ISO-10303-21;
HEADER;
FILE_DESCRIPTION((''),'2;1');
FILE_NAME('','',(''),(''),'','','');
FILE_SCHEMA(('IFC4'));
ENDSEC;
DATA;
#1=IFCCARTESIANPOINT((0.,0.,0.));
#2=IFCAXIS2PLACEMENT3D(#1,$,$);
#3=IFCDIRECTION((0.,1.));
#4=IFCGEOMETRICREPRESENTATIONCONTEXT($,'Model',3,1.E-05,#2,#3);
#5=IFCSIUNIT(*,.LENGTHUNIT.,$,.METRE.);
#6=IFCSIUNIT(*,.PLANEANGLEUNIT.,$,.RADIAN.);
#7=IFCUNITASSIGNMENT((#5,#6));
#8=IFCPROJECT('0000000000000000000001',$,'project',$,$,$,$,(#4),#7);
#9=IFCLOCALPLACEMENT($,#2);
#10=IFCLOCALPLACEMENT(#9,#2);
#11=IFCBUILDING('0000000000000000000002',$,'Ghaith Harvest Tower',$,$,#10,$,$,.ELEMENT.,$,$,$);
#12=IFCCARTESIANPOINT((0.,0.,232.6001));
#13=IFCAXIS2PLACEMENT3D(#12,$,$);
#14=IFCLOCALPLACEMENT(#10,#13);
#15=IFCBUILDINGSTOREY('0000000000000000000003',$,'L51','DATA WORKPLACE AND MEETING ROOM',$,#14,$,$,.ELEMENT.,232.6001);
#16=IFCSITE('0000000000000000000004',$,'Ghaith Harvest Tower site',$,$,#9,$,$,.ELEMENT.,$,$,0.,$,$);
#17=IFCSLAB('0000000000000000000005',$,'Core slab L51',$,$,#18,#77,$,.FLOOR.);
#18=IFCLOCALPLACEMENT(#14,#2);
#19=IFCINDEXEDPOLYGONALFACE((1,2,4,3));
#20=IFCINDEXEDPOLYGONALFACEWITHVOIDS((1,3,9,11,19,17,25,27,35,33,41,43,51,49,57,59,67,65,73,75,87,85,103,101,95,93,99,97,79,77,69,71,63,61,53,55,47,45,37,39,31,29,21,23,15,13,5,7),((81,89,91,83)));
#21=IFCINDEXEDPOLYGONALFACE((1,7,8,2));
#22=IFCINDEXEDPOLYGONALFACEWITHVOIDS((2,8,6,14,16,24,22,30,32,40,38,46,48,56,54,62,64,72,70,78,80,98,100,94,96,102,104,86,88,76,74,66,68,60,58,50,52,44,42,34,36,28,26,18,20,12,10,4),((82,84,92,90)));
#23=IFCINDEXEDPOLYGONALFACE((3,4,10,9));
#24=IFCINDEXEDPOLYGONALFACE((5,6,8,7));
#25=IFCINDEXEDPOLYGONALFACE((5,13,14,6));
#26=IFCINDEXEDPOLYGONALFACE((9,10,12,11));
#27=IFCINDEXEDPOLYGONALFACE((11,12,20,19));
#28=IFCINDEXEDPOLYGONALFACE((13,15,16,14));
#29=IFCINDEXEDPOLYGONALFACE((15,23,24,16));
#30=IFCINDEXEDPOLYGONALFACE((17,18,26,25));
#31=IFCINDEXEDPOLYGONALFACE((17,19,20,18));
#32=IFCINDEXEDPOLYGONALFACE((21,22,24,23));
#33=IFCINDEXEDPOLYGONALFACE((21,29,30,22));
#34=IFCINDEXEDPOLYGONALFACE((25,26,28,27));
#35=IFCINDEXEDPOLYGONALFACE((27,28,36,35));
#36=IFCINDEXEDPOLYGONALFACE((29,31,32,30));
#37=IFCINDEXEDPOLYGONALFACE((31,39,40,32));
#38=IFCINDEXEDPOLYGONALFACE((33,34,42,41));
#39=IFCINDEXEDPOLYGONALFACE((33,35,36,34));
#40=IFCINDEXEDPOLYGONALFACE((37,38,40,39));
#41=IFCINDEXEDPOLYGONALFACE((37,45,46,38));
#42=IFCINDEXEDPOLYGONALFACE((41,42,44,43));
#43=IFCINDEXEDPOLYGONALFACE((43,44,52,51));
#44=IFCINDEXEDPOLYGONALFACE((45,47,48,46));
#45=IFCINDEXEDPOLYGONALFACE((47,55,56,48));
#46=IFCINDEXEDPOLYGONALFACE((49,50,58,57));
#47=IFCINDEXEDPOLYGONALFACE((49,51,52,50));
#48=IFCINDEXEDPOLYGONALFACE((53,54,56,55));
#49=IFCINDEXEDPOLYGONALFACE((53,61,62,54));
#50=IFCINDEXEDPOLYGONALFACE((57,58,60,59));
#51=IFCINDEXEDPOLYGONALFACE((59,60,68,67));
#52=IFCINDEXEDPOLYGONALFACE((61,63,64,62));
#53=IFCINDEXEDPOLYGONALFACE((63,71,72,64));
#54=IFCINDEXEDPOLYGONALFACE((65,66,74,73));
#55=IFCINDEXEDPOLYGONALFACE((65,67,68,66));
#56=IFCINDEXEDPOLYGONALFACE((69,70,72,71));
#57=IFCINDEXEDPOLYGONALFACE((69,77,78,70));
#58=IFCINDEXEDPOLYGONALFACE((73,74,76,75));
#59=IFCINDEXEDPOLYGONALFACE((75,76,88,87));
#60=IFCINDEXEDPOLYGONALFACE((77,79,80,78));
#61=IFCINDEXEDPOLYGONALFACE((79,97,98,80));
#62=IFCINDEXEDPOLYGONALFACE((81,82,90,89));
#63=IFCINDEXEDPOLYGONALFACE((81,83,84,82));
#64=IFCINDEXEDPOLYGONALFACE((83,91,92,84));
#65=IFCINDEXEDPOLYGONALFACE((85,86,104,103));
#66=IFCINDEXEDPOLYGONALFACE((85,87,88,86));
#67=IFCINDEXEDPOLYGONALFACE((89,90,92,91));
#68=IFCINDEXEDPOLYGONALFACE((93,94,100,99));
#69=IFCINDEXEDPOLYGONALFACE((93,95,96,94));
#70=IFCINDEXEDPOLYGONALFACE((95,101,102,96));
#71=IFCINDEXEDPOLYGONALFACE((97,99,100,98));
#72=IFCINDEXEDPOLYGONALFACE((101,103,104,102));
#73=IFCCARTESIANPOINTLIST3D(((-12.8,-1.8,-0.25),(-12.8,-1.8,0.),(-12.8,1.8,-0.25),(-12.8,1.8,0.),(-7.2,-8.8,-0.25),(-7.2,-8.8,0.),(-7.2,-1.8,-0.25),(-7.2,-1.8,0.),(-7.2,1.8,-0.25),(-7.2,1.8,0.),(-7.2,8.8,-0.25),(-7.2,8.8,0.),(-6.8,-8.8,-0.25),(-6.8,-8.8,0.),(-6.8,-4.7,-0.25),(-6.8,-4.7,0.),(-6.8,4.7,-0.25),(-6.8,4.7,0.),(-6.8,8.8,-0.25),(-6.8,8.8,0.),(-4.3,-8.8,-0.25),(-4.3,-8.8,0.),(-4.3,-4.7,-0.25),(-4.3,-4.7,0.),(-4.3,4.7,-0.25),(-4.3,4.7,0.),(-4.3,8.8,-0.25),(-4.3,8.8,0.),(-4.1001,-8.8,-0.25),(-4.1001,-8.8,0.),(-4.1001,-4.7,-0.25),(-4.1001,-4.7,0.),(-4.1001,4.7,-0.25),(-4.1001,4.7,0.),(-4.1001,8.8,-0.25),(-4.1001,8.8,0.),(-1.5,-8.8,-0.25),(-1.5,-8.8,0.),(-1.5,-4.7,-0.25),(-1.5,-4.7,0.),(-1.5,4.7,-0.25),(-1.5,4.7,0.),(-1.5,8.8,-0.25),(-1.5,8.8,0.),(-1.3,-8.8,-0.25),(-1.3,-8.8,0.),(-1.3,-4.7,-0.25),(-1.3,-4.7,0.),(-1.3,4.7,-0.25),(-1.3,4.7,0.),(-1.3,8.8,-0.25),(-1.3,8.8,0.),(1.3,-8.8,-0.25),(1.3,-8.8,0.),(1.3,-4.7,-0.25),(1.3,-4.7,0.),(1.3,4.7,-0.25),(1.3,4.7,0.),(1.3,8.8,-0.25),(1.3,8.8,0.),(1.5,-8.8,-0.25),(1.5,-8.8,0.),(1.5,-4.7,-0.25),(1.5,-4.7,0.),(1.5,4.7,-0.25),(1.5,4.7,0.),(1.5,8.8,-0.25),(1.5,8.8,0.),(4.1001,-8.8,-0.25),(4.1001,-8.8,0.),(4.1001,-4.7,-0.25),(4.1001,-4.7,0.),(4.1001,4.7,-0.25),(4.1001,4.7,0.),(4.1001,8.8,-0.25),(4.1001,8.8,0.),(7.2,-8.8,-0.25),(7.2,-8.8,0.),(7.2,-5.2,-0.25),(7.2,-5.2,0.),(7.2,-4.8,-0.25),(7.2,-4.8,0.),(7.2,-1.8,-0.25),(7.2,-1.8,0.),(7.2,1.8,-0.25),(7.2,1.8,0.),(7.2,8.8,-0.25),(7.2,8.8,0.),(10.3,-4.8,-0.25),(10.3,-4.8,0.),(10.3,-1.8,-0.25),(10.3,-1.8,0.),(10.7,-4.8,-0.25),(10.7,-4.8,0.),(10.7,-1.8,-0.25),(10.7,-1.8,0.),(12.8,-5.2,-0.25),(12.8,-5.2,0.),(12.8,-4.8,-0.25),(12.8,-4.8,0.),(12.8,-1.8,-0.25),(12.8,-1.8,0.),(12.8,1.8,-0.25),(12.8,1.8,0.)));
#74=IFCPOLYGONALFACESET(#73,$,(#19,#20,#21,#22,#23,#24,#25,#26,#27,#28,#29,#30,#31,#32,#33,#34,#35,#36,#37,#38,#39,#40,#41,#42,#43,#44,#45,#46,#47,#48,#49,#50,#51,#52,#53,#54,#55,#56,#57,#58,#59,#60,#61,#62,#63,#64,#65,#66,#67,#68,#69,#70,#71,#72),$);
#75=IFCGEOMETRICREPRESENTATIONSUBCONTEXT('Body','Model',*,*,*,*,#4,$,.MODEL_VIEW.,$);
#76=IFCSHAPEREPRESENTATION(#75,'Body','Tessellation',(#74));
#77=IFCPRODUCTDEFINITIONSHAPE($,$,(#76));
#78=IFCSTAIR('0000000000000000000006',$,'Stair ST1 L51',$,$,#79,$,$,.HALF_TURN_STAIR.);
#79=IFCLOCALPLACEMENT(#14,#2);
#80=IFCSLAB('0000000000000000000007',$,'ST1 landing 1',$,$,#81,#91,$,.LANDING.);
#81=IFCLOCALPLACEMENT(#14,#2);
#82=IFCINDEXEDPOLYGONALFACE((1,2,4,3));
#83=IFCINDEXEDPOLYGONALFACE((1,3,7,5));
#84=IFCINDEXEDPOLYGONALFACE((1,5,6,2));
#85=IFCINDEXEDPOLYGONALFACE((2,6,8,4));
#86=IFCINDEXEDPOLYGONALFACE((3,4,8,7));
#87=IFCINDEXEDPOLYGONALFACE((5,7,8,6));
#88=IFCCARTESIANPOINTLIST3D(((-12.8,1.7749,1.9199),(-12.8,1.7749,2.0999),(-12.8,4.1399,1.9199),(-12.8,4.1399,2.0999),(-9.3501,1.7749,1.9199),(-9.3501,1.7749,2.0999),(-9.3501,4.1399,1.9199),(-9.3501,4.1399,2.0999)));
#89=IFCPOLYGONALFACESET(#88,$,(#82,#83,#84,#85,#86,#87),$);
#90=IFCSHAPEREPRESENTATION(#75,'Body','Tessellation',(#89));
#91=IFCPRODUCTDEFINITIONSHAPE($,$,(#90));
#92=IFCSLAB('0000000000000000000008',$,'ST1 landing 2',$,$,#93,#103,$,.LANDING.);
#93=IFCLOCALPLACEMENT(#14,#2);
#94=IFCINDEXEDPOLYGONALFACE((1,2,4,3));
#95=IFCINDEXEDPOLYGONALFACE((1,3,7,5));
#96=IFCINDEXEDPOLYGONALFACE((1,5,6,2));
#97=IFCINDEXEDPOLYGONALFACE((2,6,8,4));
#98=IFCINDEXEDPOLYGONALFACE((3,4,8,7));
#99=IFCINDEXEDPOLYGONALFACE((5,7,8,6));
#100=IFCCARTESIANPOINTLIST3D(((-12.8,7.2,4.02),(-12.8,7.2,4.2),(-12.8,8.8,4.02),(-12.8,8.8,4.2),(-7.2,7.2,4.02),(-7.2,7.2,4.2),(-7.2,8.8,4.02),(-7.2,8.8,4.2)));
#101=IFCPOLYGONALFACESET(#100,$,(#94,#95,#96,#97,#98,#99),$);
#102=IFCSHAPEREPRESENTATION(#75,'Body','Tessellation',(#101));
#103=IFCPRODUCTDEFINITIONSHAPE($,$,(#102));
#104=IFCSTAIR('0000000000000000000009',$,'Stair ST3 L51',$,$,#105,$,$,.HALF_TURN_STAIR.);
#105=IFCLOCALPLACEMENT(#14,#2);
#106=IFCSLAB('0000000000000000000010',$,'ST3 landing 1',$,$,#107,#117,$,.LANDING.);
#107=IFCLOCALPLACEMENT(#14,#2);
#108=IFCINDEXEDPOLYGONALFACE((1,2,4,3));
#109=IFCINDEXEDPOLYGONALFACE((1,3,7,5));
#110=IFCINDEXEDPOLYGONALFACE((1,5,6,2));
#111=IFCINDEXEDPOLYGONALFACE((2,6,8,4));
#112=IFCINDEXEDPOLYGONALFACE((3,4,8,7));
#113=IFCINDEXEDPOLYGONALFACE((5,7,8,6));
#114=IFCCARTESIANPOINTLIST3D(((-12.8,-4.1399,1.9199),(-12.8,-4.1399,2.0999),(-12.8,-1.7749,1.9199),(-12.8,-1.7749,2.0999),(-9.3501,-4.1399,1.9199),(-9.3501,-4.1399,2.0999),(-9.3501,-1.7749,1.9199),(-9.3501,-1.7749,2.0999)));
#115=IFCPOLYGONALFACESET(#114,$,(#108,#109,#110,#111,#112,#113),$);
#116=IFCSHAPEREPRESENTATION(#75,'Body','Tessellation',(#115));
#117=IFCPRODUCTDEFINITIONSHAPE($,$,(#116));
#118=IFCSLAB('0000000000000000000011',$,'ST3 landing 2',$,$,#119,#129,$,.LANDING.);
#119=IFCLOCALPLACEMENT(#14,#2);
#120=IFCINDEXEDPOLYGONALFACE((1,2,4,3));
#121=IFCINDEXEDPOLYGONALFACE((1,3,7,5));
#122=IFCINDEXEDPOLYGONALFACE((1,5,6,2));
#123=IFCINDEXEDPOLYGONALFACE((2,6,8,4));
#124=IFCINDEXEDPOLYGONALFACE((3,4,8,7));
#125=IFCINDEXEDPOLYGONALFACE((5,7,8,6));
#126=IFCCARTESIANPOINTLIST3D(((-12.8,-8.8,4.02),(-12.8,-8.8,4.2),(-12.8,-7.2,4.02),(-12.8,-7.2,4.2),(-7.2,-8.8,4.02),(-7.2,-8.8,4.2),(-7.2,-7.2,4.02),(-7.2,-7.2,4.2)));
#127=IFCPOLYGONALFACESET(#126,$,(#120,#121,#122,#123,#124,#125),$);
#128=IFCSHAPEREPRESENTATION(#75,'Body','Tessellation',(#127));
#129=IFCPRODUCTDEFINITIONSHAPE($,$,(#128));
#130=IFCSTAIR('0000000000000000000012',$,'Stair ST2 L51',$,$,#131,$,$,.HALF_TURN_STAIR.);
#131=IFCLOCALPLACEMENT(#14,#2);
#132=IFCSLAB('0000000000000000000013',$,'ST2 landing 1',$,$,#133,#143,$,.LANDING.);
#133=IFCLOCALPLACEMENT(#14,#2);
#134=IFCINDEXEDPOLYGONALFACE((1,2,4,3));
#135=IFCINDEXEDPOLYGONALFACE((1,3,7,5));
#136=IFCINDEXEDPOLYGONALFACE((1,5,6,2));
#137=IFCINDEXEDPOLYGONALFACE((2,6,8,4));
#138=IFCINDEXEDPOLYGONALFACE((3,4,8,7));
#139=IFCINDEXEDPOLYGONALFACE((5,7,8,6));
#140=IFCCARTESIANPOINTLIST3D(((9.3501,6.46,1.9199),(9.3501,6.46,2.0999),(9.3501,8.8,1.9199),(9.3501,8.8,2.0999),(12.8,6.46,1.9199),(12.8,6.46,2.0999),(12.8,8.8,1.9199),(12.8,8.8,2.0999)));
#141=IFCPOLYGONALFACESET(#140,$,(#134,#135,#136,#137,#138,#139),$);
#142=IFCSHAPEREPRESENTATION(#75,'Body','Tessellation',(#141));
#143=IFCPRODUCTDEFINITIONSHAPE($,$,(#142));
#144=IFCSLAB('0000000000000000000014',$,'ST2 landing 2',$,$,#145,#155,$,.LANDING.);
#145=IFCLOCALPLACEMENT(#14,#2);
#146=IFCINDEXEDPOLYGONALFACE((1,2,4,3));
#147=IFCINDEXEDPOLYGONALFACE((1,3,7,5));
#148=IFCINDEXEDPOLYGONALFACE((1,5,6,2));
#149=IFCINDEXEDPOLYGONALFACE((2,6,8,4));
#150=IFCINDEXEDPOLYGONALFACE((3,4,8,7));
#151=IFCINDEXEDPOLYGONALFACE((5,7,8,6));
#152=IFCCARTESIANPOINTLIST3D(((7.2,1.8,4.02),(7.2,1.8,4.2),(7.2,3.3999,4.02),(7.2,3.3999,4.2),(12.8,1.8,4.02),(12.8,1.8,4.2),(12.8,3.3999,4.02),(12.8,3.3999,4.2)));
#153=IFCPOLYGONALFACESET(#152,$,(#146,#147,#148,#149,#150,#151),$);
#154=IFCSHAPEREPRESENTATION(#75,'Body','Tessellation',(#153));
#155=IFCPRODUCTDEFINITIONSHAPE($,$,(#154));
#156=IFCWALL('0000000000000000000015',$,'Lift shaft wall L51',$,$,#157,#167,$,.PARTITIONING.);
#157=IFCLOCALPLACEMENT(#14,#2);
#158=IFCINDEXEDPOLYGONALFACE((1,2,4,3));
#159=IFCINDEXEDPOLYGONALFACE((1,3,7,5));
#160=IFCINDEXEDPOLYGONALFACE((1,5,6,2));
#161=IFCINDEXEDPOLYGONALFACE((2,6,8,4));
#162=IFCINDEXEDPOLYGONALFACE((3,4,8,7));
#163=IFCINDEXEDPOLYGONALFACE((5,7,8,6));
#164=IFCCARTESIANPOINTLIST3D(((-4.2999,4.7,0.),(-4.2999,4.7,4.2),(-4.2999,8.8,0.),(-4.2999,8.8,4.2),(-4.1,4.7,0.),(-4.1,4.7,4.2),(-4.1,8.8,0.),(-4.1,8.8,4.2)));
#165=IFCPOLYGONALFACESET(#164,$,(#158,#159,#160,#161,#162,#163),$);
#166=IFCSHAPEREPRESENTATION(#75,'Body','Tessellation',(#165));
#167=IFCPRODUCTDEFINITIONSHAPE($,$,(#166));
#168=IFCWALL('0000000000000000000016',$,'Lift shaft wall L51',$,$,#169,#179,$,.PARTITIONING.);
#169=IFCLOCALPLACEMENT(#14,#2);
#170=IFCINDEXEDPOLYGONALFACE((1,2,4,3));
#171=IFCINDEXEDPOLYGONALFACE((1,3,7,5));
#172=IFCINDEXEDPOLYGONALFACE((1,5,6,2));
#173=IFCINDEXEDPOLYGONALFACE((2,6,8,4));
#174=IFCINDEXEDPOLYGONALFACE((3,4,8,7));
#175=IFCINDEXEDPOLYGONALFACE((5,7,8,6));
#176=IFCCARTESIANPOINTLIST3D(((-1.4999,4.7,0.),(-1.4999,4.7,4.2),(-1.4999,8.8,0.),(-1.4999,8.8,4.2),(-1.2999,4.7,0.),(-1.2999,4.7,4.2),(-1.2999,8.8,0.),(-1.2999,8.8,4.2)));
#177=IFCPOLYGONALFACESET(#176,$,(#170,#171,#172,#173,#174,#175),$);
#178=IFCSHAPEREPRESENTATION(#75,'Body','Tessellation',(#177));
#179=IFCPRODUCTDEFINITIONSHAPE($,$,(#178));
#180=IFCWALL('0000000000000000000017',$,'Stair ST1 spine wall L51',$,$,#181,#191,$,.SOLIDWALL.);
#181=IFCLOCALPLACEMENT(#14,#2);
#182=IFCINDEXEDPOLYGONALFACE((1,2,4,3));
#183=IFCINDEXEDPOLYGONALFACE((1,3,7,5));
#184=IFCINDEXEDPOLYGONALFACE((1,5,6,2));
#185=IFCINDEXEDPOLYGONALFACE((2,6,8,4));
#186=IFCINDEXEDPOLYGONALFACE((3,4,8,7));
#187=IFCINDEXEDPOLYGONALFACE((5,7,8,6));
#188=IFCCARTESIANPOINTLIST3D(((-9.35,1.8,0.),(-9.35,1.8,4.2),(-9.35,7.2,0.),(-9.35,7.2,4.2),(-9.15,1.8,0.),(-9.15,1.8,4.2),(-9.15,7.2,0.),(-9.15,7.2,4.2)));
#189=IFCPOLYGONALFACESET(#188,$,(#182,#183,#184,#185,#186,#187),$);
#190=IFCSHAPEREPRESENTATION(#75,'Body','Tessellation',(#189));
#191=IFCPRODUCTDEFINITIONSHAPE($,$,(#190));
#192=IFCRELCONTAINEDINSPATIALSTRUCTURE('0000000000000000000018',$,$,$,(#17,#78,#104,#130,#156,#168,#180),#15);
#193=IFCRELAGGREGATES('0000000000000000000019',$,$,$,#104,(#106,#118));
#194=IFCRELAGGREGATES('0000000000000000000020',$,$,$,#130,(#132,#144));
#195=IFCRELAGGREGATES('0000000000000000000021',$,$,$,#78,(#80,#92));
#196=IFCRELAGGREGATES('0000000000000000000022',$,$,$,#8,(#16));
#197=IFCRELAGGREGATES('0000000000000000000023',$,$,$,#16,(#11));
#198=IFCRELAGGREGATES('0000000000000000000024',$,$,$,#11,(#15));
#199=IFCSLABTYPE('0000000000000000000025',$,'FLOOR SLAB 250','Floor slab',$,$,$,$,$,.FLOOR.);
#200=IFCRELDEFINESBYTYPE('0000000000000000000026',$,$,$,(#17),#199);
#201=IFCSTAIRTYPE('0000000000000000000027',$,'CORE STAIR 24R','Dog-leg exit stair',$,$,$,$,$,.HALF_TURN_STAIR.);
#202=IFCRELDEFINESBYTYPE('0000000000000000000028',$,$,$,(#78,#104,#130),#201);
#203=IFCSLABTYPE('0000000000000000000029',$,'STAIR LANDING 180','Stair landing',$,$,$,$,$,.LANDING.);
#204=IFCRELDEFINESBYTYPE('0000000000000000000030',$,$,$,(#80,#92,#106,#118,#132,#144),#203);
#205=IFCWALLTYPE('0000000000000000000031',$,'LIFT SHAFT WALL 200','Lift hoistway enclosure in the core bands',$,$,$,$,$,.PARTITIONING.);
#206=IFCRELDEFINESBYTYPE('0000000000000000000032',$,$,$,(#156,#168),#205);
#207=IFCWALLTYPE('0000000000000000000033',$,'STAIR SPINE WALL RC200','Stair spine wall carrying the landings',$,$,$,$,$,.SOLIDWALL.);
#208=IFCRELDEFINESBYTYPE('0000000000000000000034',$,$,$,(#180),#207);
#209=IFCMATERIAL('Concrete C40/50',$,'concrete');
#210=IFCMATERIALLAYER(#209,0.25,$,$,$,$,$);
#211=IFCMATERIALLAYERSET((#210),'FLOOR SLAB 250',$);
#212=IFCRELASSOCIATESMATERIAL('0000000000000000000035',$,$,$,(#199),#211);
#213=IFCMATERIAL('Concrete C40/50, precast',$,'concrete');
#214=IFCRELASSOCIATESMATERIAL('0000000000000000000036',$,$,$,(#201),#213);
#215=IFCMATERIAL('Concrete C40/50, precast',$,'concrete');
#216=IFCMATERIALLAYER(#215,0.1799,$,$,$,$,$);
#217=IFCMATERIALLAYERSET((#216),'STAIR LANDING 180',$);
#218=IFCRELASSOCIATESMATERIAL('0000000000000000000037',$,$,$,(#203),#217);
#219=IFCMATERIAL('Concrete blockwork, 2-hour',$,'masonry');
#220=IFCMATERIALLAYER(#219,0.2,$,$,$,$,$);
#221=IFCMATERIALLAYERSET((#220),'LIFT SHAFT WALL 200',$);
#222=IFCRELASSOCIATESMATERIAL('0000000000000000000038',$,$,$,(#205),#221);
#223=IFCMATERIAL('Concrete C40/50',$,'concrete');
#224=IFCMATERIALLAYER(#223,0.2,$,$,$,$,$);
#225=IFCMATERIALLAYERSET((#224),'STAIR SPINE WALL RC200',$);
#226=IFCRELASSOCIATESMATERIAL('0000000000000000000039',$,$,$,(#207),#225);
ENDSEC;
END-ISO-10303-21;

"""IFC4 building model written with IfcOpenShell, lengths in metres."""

from ifc_helpers import new_model, si_unit, direction, frame, frame_2d, origin, place, context, subcontext, project, spatial, polyline, rectangle, outline, extrude, material, layer, layer_set, type_object, element, aggregate, save


model = new_model("IFC4")

# Units and contexts
model_context = context("Model", 3, precision=1e-05, world=origin(), true_north=direction((0.0, 1.0)))
body_context = subcontext(model_context, "Body", "Model", "MODEL_VIEW")
ifc_project = project(units=[si_unit("LENGTHUNIT", "METRE"), si_unit("PLANEANGLEUNIT", "RADIAN")], contexts=[model_context])

# Site, building, storey
site_placement = place(None, origin())
site = spatial("IfcSite", under=ifc_project, at=site_placement, Name="Ghaith Harvest Tower site", CompositionType="ELEMENT", RefElevation=0.0)
building_placement = place(site_placement, origin())
building = spatial("IfcBuilding", under=site, at=building_placement, Name="Ghaith Harvest Tower", CompositionType="ELEMENT")
storey_placement = place(building_placement, frame((0.0, 0.0, 232.6001)))
storey = spatial("IfcBuildingStorey", under=building, at=storey_placement, Name="L51", Description="DATA WORKPLACE AND MEETING ROOM", CompositionType="ELEMENT", Elevation=232.6001)

# Slab
ifc_material_1 = material(Name="Concrete C40/50", Category="concrete")
ifc_layer_1 = layer(ifc_material_1, 0.25)
ifc_layer_set_1 = layer_set([ifc_layer_1], Name="FLOOR SLAB 250")
slab_type_1 = type_object("IfcSlabType", Name="FLOOR SLAB 250", Description="Floor slab", PredefinedType="FLOOR", material=ifc_layer_set_1)
slab_1_placement = place(storey_placement, frame((0.0, 0.0, -0.25)))
element("IfcSlab", 1, at=slab_1_placement, inside=storey, type_object=slab_type_1, Name="Core slab L51", PredefinedType="FLOOR", context=body_context, shape_type="SweptSolid", body=[
    extrude(outline(polyline([(-12.8, 1.8), (-7.2, 1.8), (-7.2, 8.8), (-6.8, 8.8), (-6.8, 4.7), (-4.3, 4.7), (-4.3, 8.8), (-4.1001, 8.8), (-4.1001, 4.7), (-1.5, 4.7), (-1.5, 8.8), (-1.3, 8.8), (-1.3, 4.7), (1.3, 4.7), (1.3, 8.8), (1.5, 8.8), (1.5, 4.7), (4.1001, 4.7), (4.1001, 8.8), (7.2, 8.8), (7.2, 1.8), (12.8, 1.8), (12.8, -1.8), (10.7, -1.8), (10.7, -4.8), (12.8, -4.8), (12.8, -5.2), (7.2, -5.2), (7.2, -8.8), (4.1001, -8.8), (4.1001, -4.7), (1.5, -4.7), (1.5, -8.8), (1.3, -8.8), (1.3, -4.7), (-1.3, -4.7), (-1.3, -8.8), (-1.5, -8.8), (-1.5, -4.7), (-4.1001, -4.7), (-4.1001, -8.8), (-4.3, -8.8), (-4.3, -4.7), (-6.8, -4.7), (-6.8, -8.8), (-7.2, -8.8), (-7.2, -1.8), (-12.8, -1.8), (-12.8, 1.8)]), holes=[polyline([(10.3, -4.8), (10.3, -1.8), (7.2, -1.8), (7.2, -4.8), (10.3, -4.8)])]), origin(), (0.0, 0.0, 1.0), 0.25),
])

# Stairs, slabs
ifc_material_2 = material(Name="Concrete C40/50, precast", Category="concrete")
stair_type = type_object("IfcStairType", Name="CORE STAIR 24R", Description="Dog-leg exit stair", PredefinedType="HALF_TURN_STAIR", material=ifc_material_2)
stair_1_placement = place(storey_placement, origin())
stair_1 = element("IfcStair", 2, at=stair_1_placement, inside=storey, type_object=stair_type, Name="Stair ST1 L51", PredefinedType="HALF_TURN_STAIR")
ifc_material_3 = material(Name="Concrete C40/50, precast", Category="concrete")
ifc_layer_2 = layer(ifc_material_3, 0.1799)
ifc_layer_set_2 = layer_set([ifc_layer_2], Name="STAIR LANDING 180")
slab_type_2 = type_object("IfcSlabType", Name="STAIR LANDING 180", Description="Stair landing", PredefinedType="LANDING", material=ifc_layer_set_2)
slab_2_placement = place(storey_placement, frame((0.0, 0.0, 1.9199)))
slab_2 = element("IfcSlab", 3, at=slab_2_placement, type_object=slab_type_2, Name="ST1 landing 1", PredefinedType="LANDING", context=body_context, shape_type="SweptSolid", body=[
    extrude(outline(polyline([(-12.8, 4.1399), (-12.8, 1.7749), (-9.3501, 1.7749), (-9.3501, 4.1399), (-12.8, 4.1399)])), origin(), (0.0, 0.0, 1.0), 0.1799),
])
slab_3_placement = place(storey_placement, frame((0.0, 0.0, 4.02)))
slab_3 = element("IfcSlab", 4, at=slab_3_placement, type_object=slab_type_2, Name="ST1 landing 2", PredefinedType="LANDING", context=body_context, shape_type="SweptSolid", body=[
    extrude(outline(polyline([(-12.8, 8.8), (-12.8, 7.2), (-7.2, 7.2), (-7.2, 8.8), (-12.8, 8.8)])), origin(), (0.0, 0.0, 1.0), 0.1799),
])
stair_2_placement = place(storey_placement, origin())
stair_2 = element("IfcStair", 5, at=stair_2_placement, inside=storey, type_object=stair_type, Name="Stair ST3 L51", PredefinedType="HALF_TURN_STAIR")
slab_4_placement = place(storey_placement, frame((0.0, 0.0, 1.9199)))
slab_4 = element("IfcSlab", 6, at=slab_4_placement, type_object=slab_type_2, Name="ST3 landing 1", PredefinedType="LANDING", context=body_context, shape_type="SweptSolid", body=[
    extrude(outline(polyline([(-12.8, -4.1399), (-12.8, -1.7749), (-9.3501, -1.7749), (-9.3501, -4.1399), (-12.8, -4.1399)])), origin(), (0.0, 0.0, 1.0), 0.1799),
])
slab_5_placement = place(storey_placement, frame((0.0, 0.0, 4.02)))
slab_5 = element("IfcSlab", 7, at=slab_5_placement, type_object=slab_type_2, Name="ST3 landing 2", PredefinedType="LANDING", context=body_context, shape_type="SweptSolid", body=[
    extrude(outline(polyline([(-12.8, -8.8), (-12.8, -7.2), (-7.2, -7.2), (-7.2, -8.8), (-12.8, -8.8)])), origin(), (0.0, 0.0, 1.0), 0.1799),
])
aggregate(stair_2, [slab_4, slab_5])
stair_3_placement = place(storey_placement, origin())
stair_3 = element("IfcStair", 8, at=stair_3_placement, inside=storey, type_object=stair_type, Name="Stair ST2 L51", PredefinedType="HALF_TURN_STAIR")
slab_6_placement = place(storey_placement, frame((0.0, 0.0, 1.9199)))
slab_6 = element("IfcSlab", 9, at=slab_6_placement, type_object=slab_type_2, Name="ST2 landing 1", PredefinedType="LANDING", context=body_context, shape_type="SweptSolid", body=[
    extrude(outline(polyline([(12.8, 6.46), (12.8, 8.8), (9.3501, 8.8), (9.3501, 6.46), (12.8, 6.46)])), origin(), (0.0, 0.0, 1.0), 0.1799),
])
slab_7_placement = place(storey_placement, frame((0.0, 0.0, 4.02)))
slab_7 = element("IfcSlab", 10, at=slab_7_placement, type_object=slab_type_2, Name="ST2 landing 2", PredefinedType="LANDING", context=body_context, shape_type="SweptSolid", body=[
    extrude(outline(polyline([(12.8, 1.8), (12.8, 3.3999), (7.2, 3.3999), (7.2, 1.8), (12.8, 1.8)])), origin(), (0.0, 0.0, 1.0), 0.1799),
])
aggregate(stair_3, [slab_6, slab_7])

# Walls
ifc_material_4 = material(Name="Concrete blockwork, 2-hour", Category="masonry")
ifc_layer_3 = layer(ifc_material_4, 0.2)
ifc_layer_set_3 = layer_set([ifc_layer_3], Name="LIFT SHAFT WALL 200")
wall_type_1 = type_object("IfcWallType", Name="LIFT SHAFT WALL 200", Description="Lift hoistway enclosure in the core bands", PredefinedType="PARTITIONING", material=ifc_layer_set_3)
for number, where, z_axis, x_axis, name in (
    (11, (-4.2, 4.7, 0.0), (0.0, 0.0, 1.0), (0.0, 1.0, 0.0), "Lift shaft wall L51"),
    (12, (-1.3999, 4.7, 0.0), (0.0, 0.0, 1.0), (0.0, 1.0, 0.0), "Lift shaft wall L51"),
):
    element("IfcWall", number, at=place(storey_placement, frame(where, z_axis=z_axis, x_axis=x_axis)), inside=storey, type_object=wall_type_1, Name=name, PredefinedType="PARTITIONING", context=body_context, shape_type="SweptSolid", body=[
        extrude(rectangle(XDim=4.1001, YDim=0.2, at=frame_2d((2.05, 0.0))), origin(), (0.0, 0.0, 1.0), 4.2),
    ])

# Wall
ifc_material_5 = material(Name="Concrete C40/50", Category="concrete")
ifc_layer_4 = layer(ifc_material_5, 0.2)
ifc_layer_set_4 = layer_set([ifc_layer_4], Name="STAIR SPINE WALL RC200")
wall_type_2 = type_object("IfcWallType", Name="STAIR SPINE WALL RC200", Description="Stair spine wall carrying the landings", PredefinedType="SOLIDWALL", material=ifc_layer_set_4)
wall_1_placement = place(storey_placement, frame((-9.25, 7.2, 0.0), z_axis=(0.0, 0.0, 1.0), x_axis=(0.0, -1.0, 0.0)))
element("IfcWall", 13, at=wall_1_placement, inside=storey, type_object=wall_type_2, Name="Stair ST1 spine wall L51", PredefinedType="SOLIDWALL", context=body_context, shape_type="SweptSolid", body=[
    extrude(rectangle(XDim=5.3999, YDim=0.2, at=frame_2d((2.7, 0.0))), origin(), (0.0, 0.0, 1.0), 4.2),
])

aggregate(stair_1, [slab_2, slab_3])

save(model, "model.ifc")
